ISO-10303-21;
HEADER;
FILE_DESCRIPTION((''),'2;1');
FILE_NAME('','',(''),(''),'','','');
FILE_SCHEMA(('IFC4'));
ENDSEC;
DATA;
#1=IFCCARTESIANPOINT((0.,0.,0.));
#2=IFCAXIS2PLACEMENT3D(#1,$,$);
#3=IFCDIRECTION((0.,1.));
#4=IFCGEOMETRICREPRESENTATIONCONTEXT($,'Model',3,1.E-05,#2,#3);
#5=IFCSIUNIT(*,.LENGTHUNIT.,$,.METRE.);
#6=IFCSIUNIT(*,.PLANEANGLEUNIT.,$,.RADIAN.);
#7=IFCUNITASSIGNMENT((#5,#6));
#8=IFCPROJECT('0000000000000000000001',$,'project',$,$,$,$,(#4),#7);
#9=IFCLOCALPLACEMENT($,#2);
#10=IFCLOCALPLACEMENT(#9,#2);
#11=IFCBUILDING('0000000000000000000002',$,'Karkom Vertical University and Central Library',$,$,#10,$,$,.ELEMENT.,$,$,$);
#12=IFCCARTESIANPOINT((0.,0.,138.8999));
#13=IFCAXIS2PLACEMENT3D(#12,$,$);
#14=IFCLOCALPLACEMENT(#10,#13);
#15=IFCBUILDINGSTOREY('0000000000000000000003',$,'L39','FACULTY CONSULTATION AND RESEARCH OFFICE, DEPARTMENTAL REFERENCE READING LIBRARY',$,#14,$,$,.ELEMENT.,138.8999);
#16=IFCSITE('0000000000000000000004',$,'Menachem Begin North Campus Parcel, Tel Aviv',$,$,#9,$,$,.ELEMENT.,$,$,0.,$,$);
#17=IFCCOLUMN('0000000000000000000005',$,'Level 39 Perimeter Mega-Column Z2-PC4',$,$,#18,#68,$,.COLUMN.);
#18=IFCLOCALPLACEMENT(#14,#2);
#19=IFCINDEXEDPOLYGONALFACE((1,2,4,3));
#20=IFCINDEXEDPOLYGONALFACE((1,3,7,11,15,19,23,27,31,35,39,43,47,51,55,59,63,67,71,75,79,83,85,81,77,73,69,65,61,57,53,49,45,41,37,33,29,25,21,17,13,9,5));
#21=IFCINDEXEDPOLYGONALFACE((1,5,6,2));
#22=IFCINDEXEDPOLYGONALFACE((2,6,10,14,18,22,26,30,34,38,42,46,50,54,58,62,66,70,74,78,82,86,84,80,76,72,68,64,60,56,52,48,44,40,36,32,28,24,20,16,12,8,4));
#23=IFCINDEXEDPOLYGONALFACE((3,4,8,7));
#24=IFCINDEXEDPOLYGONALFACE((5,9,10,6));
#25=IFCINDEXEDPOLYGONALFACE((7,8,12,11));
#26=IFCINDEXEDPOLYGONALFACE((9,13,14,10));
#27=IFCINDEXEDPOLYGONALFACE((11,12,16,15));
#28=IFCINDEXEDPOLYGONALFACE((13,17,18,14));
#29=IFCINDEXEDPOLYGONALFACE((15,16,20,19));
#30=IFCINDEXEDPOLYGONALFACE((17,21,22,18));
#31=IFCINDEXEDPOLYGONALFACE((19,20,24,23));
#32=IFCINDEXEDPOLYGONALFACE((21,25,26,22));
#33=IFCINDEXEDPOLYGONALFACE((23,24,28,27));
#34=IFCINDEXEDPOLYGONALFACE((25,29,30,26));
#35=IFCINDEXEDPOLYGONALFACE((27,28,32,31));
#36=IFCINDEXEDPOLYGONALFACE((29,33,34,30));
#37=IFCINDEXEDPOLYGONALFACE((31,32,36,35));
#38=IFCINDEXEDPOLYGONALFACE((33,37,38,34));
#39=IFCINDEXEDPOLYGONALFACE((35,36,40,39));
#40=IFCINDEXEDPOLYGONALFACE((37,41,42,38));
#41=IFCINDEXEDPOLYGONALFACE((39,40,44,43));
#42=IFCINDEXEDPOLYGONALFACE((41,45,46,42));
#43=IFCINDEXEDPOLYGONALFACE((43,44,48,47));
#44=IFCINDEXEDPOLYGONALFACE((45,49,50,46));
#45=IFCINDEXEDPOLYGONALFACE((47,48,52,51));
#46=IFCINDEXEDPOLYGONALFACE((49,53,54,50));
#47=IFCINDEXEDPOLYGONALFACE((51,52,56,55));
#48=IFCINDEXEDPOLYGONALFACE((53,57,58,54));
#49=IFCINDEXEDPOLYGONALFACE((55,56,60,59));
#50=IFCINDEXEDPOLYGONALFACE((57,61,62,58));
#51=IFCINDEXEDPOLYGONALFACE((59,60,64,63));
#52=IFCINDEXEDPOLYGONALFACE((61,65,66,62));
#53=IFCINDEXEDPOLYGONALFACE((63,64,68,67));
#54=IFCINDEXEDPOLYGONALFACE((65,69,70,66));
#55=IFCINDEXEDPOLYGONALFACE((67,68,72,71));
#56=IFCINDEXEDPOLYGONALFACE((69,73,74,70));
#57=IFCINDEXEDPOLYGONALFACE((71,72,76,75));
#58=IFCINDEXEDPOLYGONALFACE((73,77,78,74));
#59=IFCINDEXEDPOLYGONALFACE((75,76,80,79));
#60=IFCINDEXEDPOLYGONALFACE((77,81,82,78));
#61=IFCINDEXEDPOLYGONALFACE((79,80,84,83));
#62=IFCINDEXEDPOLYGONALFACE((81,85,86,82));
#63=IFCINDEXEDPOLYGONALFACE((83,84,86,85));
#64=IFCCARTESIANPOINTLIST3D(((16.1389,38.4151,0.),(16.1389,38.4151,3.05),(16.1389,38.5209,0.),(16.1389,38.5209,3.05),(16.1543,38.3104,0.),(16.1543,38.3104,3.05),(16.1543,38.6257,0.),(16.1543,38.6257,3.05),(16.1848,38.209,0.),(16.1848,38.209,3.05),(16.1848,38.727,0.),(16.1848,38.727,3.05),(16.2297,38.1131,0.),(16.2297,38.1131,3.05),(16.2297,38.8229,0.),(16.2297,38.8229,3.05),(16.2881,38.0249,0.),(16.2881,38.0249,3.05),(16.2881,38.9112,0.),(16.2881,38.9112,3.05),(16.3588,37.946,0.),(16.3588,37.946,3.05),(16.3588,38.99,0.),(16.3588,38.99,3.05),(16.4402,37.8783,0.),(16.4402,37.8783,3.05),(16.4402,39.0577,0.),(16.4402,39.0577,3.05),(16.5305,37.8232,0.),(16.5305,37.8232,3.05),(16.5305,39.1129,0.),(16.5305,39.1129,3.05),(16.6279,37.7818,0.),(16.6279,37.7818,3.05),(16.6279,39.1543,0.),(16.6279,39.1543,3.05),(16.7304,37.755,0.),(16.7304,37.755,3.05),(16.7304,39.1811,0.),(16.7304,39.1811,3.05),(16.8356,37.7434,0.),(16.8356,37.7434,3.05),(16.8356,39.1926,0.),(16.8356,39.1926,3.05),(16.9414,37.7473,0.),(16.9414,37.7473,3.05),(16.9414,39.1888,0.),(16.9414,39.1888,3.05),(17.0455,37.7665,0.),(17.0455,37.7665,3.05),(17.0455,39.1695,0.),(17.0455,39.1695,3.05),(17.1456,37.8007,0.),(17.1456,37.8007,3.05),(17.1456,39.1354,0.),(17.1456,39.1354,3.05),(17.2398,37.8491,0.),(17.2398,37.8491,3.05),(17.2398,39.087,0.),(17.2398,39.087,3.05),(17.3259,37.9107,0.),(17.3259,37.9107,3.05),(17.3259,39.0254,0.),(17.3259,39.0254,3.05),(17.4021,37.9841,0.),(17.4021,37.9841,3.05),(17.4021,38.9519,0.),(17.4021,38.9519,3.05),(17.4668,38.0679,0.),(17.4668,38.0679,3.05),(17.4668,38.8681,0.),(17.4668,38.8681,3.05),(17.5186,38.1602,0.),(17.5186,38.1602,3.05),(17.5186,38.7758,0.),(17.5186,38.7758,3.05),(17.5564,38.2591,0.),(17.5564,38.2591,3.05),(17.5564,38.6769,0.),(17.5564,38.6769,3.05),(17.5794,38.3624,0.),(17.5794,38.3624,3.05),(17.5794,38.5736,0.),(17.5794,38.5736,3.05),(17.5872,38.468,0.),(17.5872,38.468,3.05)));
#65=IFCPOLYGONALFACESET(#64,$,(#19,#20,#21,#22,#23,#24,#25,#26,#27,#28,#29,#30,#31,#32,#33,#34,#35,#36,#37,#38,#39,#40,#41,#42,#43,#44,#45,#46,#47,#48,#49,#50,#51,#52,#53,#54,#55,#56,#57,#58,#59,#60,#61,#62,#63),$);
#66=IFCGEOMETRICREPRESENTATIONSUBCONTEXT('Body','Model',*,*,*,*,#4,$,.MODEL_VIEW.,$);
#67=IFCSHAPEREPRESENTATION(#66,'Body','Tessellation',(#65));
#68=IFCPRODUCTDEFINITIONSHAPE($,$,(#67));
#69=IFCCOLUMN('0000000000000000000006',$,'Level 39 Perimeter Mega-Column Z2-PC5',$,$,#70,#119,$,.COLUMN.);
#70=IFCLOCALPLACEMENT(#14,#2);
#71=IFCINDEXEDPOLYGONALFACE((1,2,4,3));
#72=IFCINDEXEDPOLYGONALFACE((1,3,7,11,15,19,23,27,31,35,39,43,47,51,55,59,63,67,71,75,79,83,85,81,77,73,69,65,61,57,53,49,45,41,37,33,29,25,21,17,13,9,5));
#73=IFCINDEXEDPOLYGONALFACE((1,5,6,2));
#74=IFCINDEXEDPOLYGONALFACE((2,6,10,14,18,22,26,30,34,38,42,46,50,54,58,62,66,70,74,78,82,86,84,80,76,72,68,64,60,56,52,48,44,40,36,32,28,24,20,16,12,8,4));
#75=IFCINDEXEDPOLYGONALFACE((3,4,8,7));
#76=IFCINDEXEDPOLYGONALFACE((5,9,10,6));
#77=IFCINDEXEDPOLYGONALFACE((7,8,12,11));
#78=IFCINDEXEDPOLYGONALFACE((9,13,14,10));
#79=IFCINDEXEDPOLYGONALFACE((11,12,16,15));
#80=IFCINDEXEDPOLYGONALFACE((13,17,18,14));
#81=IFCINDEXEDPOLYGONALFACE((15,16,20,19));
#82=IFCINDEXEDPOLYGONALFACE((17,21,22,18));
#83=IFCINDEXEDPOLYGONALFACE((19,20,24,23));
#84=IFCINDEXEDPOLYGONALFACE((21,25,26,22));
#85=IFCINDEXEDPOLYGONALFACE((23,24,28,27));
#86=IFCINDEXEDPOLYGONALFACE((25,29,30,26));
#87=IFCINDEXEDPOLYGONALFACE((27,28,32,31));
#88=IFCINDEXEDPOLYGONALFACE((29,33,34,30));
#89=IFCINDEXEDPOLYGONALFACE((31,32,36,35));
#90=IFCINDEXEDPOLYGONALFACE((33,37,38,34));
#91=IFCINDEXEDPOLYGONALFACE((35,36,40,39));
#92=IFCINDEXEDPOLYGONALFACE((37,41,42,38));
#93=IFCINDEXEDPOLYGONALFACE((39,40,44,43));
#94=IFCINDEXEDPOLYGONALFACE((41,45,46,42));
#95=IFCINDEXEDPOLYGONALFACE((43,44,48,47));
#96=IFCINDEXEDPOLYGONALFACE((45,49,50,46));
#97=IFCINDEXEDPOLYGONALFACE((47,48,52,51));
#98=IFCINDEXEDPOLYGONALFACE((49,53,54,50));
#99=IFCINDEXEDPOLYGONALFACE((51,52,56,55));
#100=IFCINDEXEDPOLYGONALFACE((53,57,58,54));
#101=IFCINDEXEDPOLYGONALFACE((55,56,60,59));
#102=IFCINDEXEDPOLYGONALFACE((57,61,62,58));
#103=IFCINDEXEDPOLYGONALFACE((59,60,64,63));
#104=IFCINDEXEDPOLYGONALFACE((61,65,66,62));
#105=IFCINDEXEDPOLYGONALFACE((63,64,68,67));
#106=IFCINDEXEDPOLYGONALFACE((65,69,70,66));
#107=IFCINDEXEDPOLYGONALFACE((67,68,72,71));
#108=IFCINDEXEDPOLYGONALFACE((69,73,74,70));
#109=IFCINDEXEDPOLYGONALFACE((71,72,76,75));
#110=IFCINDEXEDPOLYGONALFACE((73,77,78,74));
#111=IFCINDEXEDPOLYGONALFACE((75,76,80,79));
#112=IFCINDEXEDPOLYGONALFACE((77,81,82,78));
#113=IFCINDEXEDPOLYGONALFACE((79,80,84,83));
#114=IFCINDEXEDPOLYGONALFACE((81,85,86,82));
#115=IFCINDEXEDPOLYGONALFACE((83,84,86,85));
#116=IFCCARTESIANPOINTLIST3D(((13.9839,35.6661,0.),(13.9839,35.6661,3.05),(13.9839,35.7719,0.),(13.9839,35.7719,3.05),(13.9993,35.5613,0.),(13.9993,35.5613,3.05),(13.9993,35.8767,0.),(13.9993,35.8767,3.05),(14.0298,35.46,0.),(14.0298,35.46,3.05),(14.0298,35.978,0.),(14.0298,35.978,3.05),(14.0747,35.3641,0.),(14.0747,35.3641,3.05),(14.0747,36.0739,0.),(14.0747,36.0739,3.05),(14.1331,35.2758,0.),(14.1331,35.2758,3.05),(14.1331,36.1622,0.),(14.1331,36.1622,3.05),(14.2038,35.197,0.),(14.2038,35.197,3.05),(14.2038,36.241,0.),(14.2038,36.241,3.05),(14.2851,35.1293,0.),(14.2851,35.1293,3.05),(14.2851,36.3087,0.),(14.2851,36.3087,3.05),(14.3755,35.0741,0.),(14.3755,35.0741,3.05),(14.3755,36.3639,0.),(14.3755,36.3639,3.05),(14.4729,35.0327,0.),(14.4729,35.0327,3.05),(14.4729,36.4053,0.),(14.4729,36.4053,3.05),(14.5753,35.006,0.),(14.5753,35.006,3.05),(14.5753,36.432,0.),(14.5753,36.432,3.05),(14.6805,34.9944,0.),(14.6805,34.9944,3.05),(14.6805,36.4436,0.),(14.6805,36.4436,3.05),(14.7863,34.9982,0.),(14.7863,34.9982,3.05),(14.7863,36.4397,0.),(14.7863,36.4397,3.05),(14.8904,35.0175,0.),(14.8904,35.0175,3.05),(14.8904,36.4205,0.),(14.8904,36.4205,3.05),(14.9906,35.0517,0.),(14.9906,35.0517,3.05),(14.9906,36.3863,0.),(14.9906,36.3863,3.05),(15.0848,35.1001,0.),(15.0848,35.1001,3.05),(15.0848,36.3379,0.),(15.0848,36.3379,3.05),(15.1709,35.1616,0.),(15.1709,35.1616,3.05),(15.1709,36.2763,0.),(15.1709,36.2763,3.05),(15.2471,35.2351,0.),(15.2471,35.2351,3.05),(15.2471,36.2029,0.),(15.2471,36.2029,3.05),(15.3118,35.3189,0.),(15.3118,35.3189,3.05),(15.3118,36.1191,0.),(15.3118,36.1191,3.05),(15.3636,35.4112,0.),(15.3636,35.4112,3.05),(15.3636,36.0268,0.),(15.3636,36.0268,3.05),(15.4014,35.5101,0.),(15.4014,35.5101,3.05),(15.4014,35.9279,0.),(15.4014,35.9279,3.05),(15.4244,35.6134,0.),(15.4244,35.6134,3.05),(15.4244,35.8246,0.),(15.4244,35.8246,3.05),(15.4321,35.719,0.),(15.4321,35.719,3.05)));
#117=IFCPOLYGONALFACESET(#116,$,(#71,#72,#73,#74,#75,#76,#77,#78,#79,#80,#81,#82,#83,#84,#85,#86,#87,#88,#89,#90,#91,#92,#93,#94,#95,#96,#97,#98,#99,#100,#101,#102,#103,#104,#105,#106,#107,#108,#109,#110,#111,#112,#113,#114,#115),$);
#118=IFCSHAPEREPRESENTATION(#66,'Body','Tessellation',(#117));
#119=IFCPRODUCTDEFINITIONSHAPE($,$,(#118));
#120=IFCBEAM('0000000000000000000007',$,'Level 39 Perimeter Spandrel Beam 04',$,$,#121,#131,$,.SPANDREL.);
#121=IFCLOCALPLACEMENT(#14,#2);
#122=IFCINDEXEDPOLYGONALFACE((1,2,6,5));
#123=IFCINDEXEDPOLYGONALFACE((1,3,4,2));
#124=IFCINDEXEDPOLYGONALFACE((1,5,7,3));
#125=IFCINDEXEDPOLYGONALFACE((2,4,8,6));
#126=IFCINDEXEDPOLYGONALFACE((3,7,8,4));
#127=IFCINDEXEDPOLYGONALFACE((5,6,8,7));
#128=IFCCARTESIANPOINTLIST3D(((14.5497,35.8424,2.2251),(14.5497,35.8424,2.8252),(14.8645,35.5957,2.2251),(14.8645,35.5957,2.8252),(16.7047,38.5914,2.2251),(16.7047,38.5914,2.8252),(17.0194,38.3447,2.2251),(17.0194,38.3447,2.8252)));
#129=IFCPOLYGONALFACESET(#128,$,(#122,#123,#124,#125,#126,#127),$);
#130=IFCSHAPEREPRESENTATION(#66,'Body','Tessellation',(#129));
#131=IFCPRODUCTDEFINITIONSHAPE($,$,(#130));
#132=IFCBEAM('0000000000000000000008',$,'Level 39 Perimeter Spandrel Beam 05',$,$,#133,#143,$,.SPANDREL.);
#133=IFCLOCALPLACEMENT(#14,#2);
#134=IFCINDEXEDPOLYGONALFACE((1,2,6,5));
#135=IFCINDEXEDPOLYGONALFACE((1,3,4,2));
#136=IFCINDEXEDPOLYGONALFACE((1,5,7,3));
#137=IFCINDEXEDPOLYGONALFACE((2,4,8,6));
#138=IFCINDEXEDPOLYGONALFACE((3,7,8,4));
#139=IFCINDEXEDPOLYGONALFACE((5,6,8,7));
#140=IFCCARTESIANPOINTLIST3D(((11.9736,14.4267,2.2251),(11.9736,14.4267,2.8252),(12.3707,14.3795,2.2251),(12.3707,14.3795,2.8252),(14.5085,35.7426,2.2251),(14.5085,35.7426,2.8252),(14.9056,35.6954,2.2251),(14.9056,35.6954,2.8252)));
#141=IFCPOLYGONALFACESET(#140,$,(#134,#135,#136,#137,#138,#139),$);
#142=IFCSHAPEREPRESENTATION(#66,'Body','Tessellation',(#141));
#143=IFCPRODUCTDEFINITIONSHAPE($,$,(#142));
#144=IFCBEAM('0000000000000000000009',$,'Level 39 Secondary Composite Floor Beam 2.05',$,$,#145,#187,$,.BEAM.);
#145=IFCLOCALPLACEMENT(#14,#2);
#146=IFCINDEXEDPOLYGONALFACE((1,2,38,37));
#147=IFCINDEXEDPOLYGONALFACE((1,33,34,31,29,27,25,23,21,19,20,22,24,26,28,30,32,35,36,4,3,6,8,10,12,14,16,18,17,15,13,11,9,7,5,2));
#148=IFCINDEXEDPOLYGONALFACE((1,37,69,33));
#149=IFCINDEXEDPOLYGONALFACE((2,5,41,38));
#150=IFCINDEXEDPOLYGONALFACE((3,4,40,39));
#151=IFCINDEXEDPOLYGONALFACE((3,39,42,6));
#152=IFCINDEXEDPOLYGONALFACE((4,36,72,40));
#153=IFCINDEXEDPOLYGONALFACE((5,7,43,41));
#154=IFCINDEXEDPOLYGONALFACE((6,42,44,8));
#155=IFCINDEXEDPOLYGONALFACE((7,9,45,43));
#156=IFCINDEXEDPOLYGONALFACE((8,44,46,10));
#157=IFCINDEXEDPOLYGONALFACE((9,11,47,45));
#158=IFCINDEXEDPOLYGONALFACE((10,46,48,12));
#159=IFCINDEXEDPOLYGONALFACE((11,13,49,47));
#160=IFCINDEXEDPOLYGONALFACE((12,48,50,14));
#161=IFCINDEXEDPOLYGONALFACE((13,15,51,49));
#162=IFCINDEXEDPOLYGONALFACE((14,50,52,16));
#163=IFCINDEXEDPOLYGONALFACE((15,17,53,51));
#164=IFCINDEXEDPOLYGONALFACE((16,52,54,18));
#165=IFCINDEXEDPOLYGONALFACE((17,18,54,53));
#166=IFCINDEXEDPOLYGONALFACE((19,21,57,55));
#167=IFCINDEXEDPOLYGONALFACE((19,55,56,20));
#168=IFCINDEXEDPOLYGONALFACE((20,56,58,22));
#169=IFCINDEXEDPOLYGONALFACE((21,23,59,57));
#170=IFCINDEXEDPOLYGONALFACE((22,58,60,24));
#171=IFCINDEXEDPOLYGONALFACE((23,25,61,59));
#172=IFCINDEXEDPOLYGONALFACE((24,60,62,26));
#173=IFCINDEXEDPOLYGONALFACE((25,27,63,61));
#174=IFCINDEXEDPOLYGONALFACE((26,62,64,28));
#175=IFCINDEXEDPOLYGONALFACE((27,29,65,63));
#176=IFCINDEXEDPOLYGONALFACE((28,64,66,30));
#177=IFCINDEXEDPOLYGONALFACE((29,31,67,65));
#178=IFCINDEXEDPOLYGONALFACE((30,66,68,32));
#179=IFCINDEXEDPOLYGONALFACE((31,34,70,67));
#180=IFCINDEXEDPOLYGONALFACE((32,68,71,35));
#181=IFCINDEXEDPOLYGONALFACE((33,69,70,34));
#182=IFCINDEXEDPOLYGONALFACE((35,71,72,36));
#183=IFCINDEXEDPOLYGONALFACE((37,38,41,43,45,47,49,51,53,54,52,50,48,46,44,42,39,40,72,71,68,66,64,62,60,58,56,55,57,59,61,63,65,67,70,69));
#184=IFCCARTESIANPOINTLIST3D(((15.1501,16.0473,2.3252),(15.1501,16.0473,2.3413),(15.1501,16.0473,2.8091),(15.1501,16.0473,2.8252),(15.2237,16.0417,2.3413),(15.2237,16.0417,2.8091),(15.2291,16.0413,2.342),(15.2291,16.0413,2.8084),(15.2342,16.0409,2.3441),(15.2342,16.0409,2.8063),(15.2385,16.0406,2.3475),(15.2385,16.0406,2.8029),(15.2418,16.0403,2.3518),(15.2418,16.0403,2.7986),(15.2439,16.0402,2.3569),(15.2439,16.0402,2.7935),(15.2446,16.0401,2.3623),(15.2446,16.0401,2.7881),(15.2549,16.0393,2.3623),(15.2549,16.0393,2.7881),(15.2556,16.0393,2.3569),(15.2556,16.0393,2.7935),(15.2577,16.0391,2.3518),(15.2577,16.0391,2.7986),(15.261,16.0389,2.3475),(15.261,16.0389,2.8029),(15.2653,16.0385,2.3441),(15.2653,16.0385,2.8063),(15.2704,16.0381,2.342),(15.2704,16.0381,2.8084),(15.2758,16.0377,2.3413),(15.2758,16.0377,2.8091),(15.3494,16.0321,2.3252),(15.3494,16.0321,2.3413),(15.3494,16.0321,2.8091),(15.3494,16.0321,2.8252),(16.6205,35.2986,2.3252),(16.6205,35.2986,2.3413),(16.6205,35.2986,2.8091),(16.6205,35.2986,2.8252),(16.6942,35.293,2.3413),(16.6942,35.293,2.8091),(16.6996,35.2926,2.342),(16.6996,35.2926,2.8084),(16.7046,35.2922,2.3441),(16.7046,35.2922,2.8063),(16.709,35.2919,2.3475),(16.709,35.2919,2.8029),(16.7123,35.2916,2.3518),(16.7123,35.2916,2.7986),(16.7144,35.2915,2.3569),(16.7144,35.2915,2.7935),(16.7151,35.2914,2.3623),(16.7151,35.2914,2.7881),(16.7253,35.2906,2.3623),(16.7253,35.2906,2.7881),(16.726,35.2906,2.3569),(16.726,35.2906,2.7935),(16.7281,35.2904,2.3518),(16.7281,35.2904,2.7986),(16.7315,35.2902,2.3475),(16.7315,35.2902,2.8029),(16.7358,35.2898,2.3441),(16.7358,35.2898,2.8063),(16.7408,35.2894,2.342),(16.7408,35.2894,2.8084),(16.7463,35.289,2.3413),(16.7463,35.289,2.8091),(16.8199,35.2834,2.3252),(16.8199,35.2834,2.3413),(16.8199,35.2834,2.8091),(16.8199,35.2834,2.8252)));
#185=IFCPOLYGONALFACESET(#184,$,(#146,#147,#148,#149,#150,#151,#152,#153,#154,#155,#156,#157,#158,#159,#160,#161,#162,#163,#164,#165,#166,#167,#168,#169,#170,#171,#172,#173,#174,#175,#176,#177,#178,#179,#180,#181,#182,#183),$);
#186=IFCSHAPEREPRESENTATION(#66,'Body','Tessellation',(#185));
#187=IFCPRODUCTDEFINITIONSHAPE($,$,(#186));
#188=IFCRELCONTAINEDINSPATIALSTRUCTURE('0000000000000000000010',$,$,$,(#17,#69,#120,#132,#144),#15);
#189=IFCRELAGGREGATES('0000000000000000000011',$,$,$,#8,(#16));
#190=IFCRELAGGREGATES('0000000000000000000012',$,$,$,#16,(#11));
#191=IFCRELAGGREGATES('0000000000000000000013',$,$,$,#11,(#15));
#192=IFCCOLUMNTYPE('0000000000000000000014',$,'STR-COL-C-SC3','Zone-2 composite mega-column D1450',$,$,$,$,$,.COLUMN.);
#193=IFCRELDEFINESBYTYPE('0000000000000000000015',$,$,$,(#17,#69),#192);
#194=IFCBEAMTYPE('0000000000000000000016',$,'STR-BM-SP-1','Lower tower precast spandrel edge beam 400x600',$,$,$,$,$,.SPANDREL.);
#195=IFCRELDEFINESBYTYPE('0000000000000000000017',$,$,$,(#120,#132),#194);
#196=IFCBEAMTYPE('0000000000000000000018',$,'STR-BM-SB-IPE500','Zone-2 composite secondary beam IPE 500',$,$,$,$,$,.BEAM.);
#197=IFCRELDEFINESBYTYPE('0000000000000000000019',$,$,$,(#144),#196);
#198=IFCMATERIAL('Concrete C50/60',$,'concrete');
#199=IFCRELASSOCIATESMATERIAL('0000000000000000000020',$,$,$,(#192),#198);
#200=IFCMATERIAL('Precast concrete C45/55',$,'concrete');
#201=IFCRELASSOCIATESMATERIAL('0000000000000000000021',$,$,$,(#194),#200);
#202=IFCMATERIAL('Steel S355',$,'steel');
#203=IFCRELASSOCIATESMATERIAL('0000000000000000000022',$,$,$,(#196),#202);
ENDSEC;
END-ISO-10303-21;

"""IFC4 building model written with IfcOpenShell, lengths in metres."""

from ifc_helpers import new_model, si_unit, direction, frame, origin, origin_with_axes, origin_2d, place, context, subcontext, project, spatial, rectangle, circle, i_section, extrude, source, transform, mapped, material, material_profile, profile_set, type_object, element, save


model = new_model("IFC4")

# Units and contexts
model_context = context("Model", 3, precision=1e-05, world=origin(), true_north=direction((0.0, 1.0)))
body_context = subcontext(model_context, "Body", "Model", "MODEL_VIEW")
ifc_project = project(units=[si_unit("LENGTHUNIT", "METRE"), si_unit("PLANEANGLEUNIT", "RADIAN")], contexts=[model_context])

# Site, building, storey
site_placement = place(None, origin())
site = spatial("IfcSite", under=ifc_project, at=site_placement, Name="Menachem Begin North Campus Parcel, Tel Aviv", CompositionType="ELEMENT", RefElevation=0.0)
building_placement = place(site_placement, origin())
building = spatial("IfcBuilding", under=site, at=building_placement, Name="Karkom Vertical University and Central Library", CompositionType="ELEMENT")
storey_placement = place(building_placement, frame((0.0, 0.0, 138.8999)))
storey = spatial("IfcBuildingStorey", under=building, at=storey_placement, Name="L39", Description="FACULTY CONSULTATION AND RESEARCH OFFICE, DEPARTMENTAL REFERENCE READING LIBRARY", CompositionType="ELEMENT", Elevation=138.8999)

# Columns
ifc_material_1 = material(Name="Concrete C50/60", Category="concrete")
ifc_material_profile_1 = material_profile(ifc_material_1, circle(Radius=0.7251, at=origin_2d()), Name="CFT-D1450")
ifc_profile_set_1 = profile_set([ifc_material_profile_1], Name="Concrete C50/60")
column_type = type_object("IfcColumnType", Name="STR-COL-C-SC3", Description="Zone-2 composite mega-column D1450", PredefinedType="COLUMN", material=ifc_profile_set_1)
shared_shape_1 = source(origin_with_axes(), body_context, "Body", "SweptSolid", [
    extrude(circle(Radius=0.7251, at=origin_2d()), origin(), (0.0, 0.0, 1.0), 3.05),
])
for number, where, z_axis, x_axis, name in (
    (1, (16.8621, 38.468, 0.0), (0.0, 0.0, 1.0), (1.0, 0.0, 0.0), "Level 39 Perimeter Mega-Column Z2-PC4"),
    (2, (14.707, 35.719, 0.0), (0.0, 0.0, 1.0), (1.0, 0.0, 0.0), "Level 39 Perimeter Mega-Column Z2-PC5"),
):
    element("IfcColumn", number, at=place(storey_placement, frame(where, z_axis=z_axis, x_axis=x_axis)), inside=storey, type_object=column_type, Name=name, PredefinedType="COLUMN", context=body_context, shape_type="MappedRepresentation", body=[
        mapped(shared_shape_1, transform((0.0, 0.0, 0.0), scale=1.0)),
    ])

# Beams
ifc_material_2 = material(Name="Precast concrete C45/55", Category="concrete")
ifc_material_profile_2 = material_profile(ifc_material_2, rectangle(XDim=0.3999, YDim=0.6001, at=origin_2d()), Name="SPB-400x600")
ifc_profile_set_2 = profile_set([ifc_material_profile_2], Name="Precast concrete C45/55")
beam_type_1 = type_object("IfcBeamType", Name="STR-BM-SP-1", Description="Lower tower precast spandrel edge beam 400x600", PredefinedType="SPANDREL", material=ifc_profile_set_2)
shared_shape_2 = source(origin_with_axes(), body_context, "Body", "SweptSolid", [
    extrude(rectangle(XDim=0.3999, YDim=0.6001, at=origin_2d()), origin(), (0.0, 0.0, 1.0), 3.4929),
])
beam_1_placement = place(storey_placement, frame((16.8621, 38.468, 2.5251), z_axis=(-0.616951, -0.787002, 0.0), x_axis=(0.787002, -0.616951, 0.0)))
element("IfcBeam", 3, at=beam_1_placement, inside=storey, type_object=beam_type_1, Name="Level 39 Perimeter Spandrel Beam 04", PredefinedType="SPANDREL", context=body_context, shape_type="MappedRepresentation", body=[
    mapped(shared_shape_2, transform((0.0, 0.0, 0.0), scale=1.0)),
])
shared_shape_3 = source(origin_with_axes(), body_context, "Body", "SweptSolid", [
    extrude(rectangle(XDim=0.3999, YDim=0.6001, at=origin_2d()), origin(), (0.0, 0.0, 1.0), 21.4661),
])
beam_2_placement = place(storey_placement, frame((14.707, 35.719, 2.5251), z_axis=(-0.118089, -0.993003, 0.0), x_axis=(0.993003, -0.118089, 0.0)))
element("IfcBeam", 4, at=beam_2_placement, inside=storey, type_object=beam_type_1, Name="Level 39 Perimeter Spandrel Beam 05", PredefinedType="SPANDREL", context=body_context, shape_type="MappedRepresentation", body=[
    mapped(shared_shape_3, transform((0.0, 0.0, 0.0), scale=1.0)),
])
ifc_material_3 = material(Name="Steel S355", Category="steel")
ifc_material_profile_3 = material_profile(ifc_material_3, i_section(OverallWidth=0.2, OverallDepth=0.5, WebThickness=0.0103, FlangeThickness=0.0161, FilletRadius=0.021, at=origin_2d()), Name="IPE 500")
ifc_profile_set_3 = profile_set([ifc_material_profile_3], Name="Steel S355")
beam_type_2 = type_object("IfcBeamType", Name="STR-BM-SB-IPE500", Description="Zone-2 composite secondary beam IPE 500", PredefinedType="BEAM", material=ifc_profile_set_3)
shared_shape_4 = source(origin_with_axes(), body_context, "Body", "SweptSolid", [
    extrude(i_section(OverallWidth=0.2, OverallDepth=0.5, WebThickness=0.0103, FlangeThickness=0.0161, FilletRadius=0.021, at=origin_2d()), origin(), (0.0, 0.0, 1.0), 19.3074),
])
beam_3_placement = place(storey_placement, frame((16.7202, 35.291, 2.5752), z_axis=(-0.076161, -0.997096, 0.0), x_axis=(0.997096, -0.076161, 0.0)))
element("IfcBeam", 5, at=beam_3_placement, inside=storey, type_object=beam_type_2, Name="Level 39 Secondary Composite Floor Beam 2.05", PredefinedType="BEAM", context=body_context, shape_type="MappedRepresentation", body=[
    mapped(shared_shape_4, transform((0.0, 0.0, 0.0), scale=1.0)),
])

save(model, "model.ifc")
